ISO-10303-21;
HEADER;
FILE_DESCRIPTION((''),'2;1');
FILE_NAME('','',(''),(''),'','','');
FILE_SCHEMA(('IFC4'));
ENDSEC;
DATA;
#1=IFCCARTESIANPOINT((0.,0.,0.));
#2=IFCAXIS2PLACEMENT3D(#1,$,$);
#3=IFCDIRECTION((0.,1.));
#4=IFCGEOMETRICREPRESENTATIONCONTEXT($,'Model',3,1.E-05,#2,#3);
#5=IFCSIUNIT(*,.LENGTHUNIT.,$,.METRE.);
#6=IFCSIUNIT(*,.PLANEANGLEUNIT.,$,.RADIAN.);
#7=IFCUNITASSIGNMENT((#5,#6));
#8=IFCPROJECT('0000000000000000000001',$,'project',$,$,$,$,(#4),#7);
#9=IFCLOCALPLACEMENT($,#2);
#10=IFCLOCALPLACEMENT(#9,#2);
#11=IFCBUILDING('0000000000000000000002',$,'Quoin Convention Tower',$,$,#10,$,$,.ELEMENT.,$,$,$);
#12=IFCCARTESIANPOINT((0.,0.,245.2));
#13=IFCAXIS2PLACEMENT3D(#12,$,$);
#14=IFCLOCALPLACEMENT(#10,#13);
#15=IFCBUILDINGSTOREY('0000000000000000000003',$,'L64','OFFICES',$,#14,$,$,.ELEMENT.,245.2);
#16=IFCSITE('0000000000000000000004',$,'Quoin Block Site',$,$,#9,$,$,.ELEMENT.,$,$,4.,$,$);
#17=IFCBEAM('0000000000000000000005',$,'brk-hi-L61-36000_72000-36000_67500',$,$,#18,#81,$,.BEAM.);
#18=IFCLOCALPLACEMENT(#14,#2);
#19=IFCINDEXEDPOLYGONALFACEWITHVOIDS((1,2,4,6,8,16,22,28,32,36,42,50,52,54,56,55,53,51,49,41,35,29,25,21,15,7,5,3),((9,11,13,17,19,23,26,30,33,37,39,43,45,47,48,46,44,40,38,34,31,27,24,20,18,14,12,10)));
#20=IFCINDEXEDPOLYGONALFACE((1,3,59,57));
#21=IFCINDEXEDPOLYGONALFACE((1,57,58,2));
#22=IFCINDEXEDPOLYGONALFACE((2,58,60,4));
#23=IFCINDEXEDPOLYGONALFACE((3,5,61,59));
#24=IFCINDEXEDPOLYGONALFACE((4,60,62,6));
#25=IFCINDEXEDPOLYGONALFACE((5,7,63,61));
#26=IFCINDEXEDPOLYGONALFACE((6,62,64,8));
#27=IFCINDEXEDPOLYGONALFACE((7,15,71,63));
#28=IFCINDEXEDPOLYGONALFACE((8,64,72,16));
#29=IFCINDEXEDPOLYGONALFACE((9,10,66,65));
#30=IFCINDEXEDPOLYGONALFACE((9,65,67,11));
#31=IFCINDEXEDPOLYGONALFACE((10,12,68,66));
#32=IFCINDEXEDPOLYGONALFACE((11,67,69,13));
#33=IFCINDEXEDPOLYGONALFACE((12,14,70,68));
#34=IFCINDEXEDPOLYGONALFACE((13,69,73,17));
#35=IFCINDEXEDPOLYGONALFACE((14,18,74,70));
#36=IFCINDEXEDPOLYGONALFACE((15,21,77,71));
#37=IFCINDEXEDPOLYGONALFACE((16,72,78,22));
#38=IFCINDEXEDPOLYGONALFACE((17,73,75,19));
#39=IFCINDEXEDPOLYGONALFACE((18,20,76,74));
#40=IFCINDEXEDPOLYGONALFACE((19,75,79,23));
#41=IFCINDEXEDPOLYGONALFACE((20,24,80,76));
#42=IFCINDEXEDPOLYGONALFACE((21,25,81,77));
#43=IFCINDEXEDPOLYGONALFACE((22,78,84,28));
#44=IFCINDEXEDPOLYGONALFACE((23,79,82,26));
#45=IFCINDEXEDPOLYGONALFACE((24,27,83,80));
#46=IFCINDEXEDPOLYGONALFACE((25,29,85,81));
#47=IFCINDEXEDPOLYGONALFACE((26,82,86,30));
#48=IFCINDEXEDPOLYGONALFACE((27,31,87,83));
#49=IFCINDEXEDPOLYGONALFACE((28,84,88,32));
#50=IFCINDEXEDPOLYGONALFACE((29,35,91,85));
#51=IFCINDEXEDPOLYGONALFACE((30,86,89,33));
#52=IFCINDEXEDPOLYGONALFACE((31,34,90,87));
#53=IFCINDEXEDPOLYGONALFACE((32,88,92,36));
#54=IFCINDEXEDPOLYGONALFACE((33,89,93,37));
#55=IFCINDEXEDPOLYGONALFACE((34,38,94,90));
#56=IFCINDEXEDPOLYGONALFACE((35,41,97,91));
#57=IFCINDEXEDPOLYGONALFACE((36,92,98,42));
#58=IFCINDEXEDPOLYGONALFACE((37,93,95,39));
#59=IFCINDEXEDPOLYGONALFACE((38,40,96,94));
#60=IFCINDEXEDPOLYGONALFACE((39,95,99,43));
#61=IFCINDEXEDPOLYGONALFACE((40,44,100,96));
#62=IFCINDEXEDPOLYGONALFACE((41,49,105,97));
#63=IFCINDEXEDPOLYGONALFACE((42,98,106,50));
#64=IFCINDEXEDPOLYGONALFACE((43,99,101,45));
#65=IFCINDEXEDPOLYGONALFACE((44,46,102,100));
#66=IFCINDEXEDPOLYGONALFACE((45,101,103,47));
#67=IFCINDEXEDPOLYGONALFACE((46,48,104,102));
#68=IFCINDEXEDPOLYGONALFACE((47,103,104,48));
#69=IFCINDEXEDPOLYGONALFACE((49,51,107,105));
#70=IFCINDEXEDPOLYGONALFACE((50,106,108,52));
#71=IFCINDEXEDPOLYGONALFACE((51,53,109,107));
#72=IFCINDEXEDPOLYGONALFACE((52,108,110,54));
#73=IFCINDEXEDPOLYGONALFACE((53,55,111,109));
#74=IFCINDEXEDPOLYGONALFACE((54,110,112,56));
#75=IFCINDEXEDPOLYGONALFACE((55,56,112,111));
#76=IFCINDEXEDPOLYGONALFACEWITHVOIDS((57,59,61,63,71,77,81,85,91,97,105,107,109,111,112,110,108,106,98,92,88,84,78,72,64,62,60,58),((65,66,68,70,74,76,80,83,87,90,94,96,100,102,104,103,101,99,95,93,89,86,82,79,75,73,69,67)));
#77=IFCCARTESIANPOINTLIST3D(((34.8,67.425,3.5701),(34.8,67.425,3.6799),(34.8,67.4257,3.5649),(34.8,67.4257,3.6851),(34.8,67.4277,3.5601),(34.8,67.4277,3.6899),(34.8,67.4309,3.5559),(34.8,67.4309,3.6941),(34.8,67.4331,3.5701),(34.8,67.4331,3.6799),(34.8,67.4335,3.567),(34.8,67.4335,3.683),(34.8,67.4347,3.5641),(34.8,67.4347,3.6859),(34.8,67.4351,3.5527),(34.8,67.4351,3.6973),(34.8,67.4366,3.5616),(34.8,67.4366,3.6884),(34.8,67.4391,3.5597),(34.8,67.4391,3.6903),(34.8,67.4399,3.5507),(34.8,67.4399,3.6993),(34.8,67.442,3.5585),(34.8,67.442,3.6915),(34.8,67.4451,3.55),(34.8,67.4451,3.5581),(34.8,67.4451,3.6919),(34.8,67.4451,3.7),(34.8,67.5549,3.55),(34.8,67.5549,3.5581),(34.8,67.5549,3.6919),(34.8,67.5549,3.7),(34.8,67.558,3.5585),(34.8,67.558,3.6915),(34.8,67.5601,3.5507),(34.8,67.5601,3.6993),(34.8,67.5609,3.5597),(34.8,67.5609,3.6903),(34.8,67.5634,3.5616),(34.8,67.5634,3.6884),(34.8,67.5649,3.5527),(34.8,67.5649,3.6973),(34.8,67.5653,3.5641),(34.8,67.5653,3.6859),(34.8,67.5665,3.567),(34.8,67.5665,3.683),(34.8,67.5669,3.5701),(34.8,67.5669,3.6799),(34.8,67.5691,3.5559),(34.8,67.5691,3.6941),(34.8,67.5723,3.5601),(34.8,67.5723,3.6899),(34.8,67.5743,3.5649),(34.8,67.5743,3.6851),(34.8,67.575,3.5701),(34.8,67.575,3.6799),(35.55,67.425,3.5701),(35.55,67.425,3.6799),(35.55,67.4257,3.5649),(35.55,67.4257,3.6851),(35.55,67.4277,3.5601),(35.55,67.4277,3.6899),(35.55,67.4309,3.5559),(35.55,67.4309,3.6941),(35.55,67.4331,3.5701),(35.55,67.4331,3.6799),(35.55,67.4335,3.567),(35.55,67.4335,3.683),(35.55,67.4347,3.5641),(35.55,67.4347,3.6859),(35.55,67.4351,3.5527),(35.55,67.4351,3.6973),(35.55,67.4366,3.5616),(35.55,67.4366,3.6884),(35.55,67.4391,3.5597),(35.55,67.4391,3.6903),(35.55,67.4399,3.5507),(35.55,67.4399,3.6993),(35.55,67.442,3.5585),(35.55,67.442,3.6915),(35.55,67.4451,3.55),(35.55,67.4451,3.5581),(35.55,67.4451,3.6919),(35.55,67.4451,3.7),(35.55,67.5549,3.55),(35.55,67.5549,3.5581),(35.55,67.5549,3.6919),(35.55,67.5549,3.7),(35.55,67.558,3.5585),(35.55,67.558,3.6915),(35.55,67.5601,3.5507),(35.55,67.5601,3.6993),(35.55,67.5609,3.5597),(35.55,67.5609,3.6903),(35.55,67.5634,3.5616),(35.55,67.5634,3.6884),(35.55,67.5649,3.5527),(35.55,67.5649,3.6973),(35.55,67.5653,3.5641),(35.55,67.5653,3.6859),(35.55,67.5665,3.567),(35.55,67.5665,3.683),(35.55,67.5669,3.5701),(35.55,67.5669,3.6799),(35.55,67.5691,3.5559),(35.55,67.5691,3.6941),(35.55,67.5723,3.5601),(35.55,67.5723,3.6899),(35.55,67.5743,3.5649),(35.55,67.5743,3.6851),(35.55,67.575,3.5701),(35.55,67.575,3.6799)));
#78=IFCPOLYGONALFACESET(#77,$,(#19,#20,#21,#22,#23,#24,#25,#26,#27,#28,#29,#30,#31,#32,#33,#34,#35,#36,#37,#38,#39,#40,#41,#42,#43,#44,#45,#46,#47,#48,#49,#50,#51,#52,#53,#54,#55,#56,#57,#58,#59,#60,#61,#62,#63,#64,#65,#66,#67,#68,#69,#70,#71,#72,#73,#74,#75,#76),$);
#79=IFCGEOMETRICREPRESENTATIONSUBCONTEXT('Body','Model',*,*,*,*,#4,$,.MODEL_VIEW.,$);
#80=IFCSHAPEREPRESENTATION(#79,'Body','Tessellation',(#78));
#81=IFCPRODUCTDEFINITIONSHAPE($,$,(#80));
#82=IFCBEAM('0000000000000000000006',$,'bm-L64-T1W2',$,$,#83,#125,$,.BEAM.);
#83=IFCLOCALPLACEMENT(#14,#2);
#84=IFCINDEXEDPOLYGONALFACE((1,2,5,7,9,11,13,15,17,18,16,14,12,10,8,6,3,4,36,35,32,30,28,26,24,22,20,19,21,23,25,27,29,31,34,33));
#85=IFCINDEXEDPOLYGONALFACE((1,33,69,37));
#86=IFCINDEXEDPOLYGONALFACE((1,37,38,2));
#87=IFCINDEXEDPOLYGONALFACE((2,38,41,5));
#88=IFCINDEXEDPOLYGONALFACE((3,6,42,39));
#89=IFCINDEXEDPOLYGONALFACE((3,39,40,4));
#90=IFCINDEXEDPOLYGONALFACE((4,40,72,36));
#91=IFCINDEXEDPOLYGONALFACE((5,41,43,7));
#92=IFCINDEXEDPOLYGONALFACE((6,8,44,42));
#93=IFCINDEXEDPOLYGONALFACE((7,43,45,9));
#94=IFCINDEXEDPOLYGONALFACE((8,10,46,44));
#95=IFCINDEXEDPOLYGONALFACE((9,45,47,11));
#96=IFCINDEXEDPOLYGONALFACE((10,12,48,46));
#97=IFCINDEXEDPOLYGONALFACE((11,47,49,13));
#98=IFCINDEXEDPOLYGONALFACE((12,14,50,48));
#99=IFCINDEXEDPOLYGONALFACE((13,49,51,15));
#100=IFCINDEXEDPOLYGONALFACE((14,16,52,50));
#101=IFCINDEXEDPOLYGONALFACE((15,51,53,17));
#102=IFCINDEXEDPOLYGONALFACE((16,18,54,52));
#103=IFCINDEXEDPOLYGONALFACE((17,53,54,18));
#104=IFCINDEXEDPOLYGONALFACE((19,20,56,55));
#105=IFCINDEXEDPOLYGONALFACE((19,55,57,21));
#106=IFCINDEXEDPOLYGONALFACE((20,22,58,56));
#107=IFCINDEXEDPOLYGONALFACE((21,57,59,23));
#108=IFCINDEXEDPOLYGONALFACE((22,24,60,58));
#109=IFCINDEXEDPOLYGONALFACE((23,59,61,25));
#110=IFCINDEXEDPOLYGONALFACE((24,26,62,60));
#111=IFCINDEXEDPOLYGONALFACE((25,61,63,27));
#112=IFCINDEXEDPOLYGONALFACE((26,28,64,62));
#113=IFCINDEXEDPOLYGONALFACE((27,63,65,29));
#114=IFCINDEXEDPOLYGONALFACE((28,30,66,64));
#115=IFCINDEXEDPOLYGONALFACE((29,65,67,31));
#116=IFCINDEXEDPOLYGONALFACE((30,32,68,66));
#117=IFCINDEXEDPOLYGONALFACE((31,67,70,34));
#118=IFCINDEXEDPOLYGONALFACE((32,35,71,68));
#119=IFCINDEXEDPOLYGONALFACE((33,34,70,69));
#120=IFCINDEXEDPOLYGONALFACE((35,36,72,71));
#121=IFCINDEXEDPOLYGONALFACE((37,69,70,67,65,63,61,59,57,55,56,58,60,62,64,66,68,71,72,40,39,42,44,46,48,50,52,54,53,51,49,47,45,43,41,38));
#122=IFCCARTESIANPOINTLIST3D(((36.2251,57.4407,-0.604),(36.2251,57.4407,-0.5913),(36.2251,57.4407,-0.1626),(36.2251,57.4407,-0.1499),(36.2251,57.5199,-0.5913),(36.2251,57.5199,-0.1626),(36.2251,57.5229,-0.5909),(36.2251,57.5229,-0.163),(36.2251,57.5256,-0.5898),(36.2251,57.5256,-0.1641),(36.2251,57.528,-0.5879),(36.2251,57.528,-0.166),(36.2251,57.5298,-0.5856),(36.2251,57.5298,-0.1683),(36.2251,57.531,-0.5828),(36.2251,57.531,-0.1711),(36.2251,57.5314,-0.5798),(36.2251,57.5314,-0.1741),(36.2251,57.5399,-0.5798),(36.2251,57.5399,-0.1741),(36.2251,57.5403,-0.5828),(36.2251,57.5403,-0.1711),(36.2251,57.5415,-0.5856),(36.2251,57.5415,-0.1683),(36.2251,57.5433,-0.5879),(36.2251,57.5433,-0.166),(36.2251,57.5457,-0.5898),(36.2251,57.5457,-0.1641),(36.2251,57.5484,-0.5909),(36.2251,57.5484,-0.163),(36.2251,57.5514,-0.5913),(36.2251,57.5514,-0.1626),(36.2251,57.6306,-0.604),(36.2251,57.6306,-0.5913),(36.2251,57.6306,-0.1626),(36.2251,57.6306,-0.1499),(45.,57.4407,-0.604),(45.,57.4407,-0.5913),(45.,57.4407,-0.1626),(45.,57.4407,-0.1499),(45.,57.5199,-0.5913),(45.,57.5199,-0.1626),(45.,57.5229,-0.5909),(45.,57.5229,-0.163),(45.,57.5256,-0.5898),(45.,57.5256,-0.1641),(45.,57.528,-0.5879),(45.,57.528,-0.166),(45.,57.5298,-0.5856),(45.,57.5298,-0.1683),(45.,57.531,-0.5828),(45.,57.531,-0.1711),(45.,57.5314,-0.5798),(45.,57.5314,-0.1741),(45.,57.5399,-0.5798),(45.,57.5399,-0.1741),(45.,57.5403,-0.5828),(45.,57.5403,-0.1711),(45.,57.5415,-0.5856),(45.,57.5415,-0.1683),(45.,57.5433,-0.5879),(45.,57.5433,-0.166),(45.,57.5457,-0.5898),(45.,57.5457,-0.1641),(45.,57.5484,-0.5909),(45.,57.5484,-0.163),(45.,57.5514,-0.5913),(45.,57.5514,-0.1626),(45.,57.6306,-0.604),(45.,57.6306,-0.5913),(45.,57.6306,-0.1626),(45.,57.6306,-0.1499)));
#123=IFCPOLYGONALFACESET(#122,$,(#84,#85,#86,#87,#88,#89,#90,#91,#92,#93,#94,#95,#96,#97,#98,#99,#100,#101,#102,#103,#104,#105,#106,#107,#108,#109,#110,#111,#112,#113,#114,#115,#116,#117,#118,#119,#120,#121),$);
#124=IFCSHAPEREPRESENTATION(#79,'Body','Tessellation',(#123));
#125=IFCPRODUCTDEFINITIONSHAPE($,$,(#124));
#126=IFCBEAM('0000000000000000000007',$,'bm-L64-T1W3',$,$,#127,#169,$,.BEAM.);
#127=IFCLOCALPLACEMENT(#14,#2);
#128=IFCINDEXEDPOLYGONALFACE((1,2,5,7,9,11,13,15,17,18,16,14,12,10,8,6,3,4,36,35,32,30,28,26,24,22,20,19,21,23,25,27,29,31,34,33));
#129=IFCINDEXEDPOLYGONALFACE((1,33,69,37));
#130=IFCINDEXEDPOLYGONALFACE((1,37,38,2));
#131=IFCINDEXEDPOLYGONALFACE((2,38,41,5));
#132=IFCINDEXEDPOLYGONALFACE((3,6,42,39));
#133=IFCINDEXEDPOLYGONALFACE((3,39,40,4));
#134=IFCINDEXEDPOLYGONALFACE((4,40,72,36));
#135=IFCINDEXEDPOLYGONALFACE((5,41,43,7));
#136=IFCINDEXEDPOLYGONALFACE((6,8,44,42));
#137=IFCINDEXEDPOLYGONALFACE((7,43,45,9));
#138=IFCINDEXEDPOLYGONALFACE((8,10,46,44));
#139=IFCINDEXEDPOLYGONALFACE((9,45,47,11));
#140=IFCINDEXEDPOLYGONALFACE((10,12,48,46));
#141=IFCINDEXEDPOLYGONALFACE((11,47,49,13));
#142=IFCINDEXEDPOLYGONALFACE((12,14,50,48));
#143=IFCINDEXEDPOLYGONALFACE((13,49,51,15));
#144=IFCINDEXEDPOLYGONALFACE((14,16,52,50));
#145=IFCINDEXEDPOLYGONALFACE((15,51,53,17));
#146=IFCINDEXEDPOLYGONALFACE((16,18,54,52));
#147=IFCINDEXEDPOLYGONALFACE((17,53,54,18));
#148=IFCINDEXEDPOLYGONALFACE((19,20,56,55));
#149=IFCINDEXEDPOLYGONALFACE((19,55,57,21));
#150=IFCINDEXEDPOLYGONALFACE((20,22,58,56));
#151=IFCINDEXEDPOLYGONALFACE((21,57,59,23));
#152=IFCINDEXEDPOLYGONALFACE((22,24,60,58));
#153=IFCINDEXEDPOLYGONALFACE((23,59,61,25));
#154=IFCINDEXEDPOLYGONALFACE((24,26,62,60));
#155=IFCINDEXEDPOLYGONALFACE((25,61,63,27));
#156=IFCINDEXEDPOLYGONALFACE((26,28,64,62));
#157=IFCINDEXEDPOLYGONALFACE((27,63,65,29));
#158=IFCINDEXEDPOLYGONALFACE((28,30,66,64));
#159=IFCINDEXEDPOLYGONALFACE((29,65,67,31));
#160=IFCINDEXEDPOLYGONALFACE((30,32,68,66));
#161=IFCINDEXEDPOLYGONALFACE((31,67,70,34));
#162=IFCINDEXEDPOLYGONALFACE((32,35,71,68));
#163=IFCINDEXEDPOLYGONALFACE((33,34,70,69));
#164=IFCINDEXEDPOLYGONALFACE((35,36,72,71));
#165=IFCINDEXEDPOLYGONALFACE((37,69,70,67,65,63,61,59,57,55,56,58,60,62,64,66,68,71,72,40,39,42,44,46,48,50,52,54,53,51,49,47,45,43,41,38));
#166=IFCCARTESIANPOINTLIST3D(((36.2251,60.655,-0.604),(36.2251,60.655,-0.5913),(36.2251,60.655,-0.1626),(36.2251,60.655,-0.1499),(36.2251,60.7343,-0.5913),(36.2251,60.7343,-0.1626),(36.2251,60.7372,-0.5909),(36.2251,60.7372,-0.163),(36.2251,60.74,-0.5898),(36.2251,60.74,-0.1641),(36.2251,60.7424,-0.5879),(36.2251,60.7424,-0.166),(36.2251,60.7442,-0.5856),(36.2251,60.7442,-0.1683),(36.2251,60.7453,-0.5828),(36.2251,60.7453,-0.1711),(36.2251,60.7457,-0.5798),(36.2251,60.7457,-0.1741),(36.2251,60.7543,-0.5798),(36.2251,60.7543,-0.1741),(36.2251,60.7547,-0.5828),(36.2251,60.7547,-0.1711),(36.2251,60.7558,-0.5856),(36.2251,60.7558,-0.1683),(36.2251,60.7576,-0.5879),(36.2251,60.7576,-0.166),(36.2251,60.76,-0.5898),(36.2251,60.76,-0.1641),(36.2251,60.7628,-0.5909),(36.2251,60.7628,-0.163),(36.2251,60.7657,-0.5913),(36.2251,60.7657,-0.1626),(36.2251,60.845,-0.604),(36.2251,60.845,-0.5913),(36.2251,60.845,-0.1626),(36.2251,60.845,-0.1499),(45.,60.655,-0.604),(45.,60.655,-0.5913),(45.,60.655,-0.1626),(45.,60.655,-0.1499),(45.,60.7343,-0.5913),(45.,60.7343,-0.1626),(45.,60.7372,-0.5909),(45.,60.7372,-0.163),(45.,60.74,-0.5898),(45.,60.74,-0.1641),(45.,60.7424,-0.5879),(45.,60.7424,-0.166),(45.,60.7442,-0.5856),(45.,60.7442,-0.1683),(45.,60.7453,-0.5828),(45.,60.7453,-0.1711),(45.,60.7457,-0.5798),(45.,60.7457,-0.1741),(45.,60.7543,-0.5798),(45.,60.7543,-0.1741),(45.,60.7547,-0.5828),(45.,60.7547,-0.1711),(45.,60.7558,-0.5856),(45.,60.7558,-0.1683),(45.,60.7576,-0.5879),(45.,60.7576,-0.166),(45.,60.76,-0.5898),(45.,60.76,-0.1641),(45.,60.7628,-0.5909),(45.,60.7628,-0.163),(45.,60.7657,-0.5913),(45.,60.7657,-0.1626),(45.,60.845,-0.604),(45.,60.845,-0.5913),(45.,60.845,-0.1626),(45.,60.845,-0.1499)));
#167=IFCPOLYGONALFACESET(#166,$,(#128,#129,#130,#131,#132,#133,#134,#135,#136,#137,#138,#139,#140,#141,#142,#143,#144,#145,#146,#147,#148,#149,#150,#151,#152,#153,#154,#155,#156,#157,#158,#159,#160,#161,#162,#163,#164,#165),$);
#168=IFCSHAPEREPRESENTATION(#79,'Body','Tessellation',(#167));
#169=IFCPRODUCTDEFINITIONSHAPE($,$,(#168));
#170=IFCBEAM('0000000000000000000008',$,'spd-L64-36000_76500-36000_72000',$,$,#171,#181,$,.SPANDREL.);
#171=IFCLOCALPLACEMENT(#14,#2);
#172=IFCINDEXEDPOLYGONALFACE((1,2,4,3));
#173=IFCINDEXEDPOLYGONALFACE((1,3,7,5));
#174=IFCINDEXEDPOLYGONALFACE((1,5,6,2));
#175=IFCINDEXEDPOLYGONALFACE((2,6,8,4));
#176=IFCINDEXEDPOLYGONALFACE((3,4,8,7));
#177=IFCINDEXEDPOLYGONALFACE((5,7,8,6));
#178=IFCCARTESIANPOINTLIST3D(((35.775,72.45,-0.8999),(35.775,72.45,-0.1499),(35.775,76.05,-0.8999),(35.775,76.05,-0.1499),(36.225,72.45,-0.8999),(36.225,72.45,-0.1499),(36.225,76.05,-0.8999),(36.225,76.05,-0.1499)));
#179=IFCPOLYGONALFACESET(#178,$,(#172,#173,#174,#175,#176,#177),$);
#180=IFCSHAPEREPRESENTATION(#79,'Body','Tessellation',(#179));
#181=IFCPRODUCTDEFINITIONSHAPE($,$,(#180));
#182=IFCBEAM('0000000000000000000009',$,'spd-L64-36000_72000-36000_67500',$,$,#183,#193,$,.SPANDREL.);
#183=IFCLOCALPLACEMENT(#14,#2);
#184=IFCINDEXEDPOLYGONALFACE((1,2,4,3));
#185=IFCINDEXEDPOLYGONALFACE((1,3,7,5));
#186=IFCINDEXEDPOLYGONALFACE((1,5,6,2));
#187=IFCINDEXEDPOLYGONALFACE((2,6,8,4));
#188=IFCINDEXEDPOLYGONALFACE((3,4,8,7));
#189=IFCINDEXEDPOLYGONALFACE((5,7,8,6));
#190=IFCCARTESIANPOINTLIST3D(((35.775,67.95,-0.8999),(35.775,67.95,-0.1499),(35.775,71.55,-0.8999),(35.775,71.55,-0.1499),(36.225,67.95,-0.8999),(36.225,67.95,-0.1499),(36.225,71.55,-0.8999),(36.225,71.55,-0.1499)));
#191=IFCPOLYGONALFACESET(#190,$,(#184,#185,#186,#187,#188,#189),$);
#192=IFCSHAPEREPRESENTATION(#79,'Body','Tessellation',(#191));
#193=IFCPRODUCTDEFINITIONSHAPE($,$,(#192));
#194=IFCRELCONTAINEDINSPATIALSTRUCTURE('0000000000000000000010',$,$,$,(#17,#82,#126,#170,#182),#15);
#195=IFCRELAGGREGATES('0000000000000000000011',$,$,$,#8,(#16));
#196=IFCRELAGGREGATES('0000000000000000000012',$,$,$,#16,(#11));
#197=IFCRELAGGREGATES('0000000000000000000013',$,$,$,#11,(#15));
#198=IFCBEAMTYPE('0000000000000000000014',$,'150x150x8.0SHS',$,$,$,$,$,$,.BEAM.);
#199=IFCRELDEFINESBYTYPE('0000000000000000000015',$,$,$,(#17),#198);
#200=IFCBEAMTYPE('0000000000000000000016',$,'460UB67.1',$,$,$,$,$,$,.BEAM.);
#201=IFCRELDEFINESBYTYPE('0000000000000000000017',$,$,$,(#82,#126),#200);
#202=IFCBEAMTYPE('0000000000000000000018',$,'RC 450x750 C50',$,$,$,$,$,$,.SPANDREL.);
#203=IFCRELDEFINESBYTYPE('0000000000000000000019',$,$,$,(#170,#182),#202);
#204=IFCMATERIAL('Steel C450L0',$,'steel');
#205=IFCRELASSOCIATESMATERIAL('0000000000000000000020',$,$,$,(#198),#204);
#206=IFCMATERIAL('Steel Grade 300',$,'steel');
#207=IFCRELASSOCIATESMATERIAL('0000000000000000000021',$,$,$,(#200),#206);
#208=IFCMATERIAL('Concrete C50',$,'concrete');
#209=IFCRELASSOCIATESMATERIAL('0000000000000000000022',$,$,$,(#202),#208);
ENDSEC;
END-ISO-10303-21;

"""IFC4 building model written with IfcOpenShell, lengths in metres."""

from ifc_helpers import new_model, si_unit, direction, frame, origin, origin_2d, place, context, subcontext, project, spatial, rectangle, hollow_rectangle, i_section, extrude, material, material_profile, profile_set, type_object, element, save


model = new_model("IFC4")

# Units and contexts
model_context = context("Model", 3, precision=1e-05, world=origin(), true_north=direction((0.0, 1.0)))
body_context = subcontext(model_context, "Body", "Model", "MODEL_VIEW")
ifc_project = project(units=[si_unit("LENGTHUNIT", "METRE"), si_unit("PLANEANGLEUNIT", "RADIAN")], contexts=[model_context])

# Site, building, storey
site_placement = place(None, origin())
site = spatial("IfcSite", under=ifc_project, at=site_placement, Name="Quoin Block Site", CompositionType="ELEMENT", RefElevation=4.0)
building_placement = place(site_placement, origin())
building = spatial("IfcBuilding", under=site, at=building_placement, Name="Quoin Convention Tower", CompositionType="ELEMENT")
storey_placement = place(building_placement, frame((0.0, 0.0, 245.2)))
storey = spatial("IfcBuildingStorey", under=building, at=storey_placement, Name="L64", Description="OFFICES", CompositionType="ELEMENT", Elevation=245.2)

# Shared definitions
ifc_material_1 = material(Name="Concrete C50", Category="concrete")

# Beams
ifc_material_2 = material(Name="Steel C450L0", Category="steel")
ifc_material_profile_1 = material_profile(ifc_material_2, hollow_rectangle(XDim=0.1499, YDim=0.1499, WallThickness=0.0081, InnerFilletRadius=0.012, OuterFilletRadius=0.02, at=origin_2d()), Name="150x150x8.0SHS")
ifc_profile_set_1 = profile_set([ifc_material_profile_1], Name="Steel C450L0")
beam_type_1 = type_object("IfcBeamType", Name="150x150x8.0SHS", PredefinedType="BEAM", material=ifc_profile_set_1)
for number, where, z_axis, x_axis, name in (
    (1, (35.55, 67.5, 3.625), (-1.0, 0.0, 0.0), (0.0, -1.0, 0.0), "brk-hi-L61-36000_72000-36000_67500"),
):
    element("IfcBeam", number, at=place(storey_placement, frame(where, z_axis=z_axis, x_axis=x_axis)), inside=storey, type_object=beam_type_1, Name=name, PredefinedType="BEAM", context=body_context, shape_type="SweptSolid", body=[
        extrude(hollow_rectangle(XDim=0.1499, YDim=0.1499, WallThickness=0.0081, InnerFilletRadius=0.012, OuterFilletRadius=0.02, at=origin_2d()), origin(), (0.0, 0.0, 1.0), 0.75),
    ])
ifc_material_3 = material(Name="Steel Grade 300", Category="steel")
ifc_material_profile_2 = material_profile(ifc_material_3, i_section(OverallWidth=0.1899, OverallDepth=0.4541, WebThickness=0.0085, FlangeThickness=0.0127, FilletRadius=0.0115, at=origin_2d()), Name="460UB67.1")
ifc_profile_set_2 = profile_set([ifc_material_profile_2], Name="Steel Grade 300")
beam_type_2 = type_object("IfcBeamType", Name="460UB67.1", PredefinedType="BEAM", material=ifc_profile_set_2)
for number, where, z_axis, x_axis, name in (
    (2, (36.2251, 57.5356, -0.377), (1.0, 0.0, 0.0), (0.0, 1.0, 0.0), "bm-L64-T1W2"),
    (3, (36.2251, 60.75, -0.377), (1.0, 0.0, 0.0), (0.0, 1.0, 0.0), "bm-L64-T1W3"),
):
    element("IfcBeam", number, at=place(storey_placement, frame(where, z_axis=z_axis, x_axis=x_axis)), inside=storey, type_object=beam_type_2, Name=name, PredefinedType="BEAM", context=body_context, shape_type="SweptSolid", body=[
        extrude(i_section(OverallWidth=0.1899, OverallDepth=0.4541, WebThickness=0.0085, FlangeThickness=0.0127, FilletRadius=0.0115, at=origin_2d()), origin(), (0.0, 0.0, 1.0), 8.7749),
    ])
ifc_material_profile_3 = material_profile(ifc_material_1, rectangle(XDim=0.45, YDim=0.75, at=origin_2d()), Name="RC 450x750")
ifc_profile_set_3 = profile_set([ifc_material_profile_3], Name="Concrete C50")
beam_type_3 = type_object("IfcBeamType", Name="RC 450x750 C50", PredefinedType="SPANDREL", material=ifc_profile_set_3)
for number, where, z_axis, x_axis, name in (
    (4, (36.0, 76.05, -0.5249), (0.0, -1.0, 0.0), (1.0, 0.0, 0.0), "spd-L64-36000_76500-36000_72000"),
    (5, (36.0, 71.55, -0.5249), (0.0, -1.0, 0.0), (1.0, 0.0, 0.0), "spd-L64-36000_72000-36000_67500"),
):
    element("IfcBeam", number, at=place(storey_placement, frame(where, z_axis=z_axis, x_axis=x_axis)), inside=storey, type_object=beam_type_3, Name=name, PredefinedType="SPANDREL", context=body_context, shape_type="SweptSolid", body=[
        extrude(rectangle(XDim=0.45, YDim=0.75, at=origin_2d()), origin(), (0.0, 0.0, 1.0), 3.6001),
    ])

save(model, "model.ifc")
